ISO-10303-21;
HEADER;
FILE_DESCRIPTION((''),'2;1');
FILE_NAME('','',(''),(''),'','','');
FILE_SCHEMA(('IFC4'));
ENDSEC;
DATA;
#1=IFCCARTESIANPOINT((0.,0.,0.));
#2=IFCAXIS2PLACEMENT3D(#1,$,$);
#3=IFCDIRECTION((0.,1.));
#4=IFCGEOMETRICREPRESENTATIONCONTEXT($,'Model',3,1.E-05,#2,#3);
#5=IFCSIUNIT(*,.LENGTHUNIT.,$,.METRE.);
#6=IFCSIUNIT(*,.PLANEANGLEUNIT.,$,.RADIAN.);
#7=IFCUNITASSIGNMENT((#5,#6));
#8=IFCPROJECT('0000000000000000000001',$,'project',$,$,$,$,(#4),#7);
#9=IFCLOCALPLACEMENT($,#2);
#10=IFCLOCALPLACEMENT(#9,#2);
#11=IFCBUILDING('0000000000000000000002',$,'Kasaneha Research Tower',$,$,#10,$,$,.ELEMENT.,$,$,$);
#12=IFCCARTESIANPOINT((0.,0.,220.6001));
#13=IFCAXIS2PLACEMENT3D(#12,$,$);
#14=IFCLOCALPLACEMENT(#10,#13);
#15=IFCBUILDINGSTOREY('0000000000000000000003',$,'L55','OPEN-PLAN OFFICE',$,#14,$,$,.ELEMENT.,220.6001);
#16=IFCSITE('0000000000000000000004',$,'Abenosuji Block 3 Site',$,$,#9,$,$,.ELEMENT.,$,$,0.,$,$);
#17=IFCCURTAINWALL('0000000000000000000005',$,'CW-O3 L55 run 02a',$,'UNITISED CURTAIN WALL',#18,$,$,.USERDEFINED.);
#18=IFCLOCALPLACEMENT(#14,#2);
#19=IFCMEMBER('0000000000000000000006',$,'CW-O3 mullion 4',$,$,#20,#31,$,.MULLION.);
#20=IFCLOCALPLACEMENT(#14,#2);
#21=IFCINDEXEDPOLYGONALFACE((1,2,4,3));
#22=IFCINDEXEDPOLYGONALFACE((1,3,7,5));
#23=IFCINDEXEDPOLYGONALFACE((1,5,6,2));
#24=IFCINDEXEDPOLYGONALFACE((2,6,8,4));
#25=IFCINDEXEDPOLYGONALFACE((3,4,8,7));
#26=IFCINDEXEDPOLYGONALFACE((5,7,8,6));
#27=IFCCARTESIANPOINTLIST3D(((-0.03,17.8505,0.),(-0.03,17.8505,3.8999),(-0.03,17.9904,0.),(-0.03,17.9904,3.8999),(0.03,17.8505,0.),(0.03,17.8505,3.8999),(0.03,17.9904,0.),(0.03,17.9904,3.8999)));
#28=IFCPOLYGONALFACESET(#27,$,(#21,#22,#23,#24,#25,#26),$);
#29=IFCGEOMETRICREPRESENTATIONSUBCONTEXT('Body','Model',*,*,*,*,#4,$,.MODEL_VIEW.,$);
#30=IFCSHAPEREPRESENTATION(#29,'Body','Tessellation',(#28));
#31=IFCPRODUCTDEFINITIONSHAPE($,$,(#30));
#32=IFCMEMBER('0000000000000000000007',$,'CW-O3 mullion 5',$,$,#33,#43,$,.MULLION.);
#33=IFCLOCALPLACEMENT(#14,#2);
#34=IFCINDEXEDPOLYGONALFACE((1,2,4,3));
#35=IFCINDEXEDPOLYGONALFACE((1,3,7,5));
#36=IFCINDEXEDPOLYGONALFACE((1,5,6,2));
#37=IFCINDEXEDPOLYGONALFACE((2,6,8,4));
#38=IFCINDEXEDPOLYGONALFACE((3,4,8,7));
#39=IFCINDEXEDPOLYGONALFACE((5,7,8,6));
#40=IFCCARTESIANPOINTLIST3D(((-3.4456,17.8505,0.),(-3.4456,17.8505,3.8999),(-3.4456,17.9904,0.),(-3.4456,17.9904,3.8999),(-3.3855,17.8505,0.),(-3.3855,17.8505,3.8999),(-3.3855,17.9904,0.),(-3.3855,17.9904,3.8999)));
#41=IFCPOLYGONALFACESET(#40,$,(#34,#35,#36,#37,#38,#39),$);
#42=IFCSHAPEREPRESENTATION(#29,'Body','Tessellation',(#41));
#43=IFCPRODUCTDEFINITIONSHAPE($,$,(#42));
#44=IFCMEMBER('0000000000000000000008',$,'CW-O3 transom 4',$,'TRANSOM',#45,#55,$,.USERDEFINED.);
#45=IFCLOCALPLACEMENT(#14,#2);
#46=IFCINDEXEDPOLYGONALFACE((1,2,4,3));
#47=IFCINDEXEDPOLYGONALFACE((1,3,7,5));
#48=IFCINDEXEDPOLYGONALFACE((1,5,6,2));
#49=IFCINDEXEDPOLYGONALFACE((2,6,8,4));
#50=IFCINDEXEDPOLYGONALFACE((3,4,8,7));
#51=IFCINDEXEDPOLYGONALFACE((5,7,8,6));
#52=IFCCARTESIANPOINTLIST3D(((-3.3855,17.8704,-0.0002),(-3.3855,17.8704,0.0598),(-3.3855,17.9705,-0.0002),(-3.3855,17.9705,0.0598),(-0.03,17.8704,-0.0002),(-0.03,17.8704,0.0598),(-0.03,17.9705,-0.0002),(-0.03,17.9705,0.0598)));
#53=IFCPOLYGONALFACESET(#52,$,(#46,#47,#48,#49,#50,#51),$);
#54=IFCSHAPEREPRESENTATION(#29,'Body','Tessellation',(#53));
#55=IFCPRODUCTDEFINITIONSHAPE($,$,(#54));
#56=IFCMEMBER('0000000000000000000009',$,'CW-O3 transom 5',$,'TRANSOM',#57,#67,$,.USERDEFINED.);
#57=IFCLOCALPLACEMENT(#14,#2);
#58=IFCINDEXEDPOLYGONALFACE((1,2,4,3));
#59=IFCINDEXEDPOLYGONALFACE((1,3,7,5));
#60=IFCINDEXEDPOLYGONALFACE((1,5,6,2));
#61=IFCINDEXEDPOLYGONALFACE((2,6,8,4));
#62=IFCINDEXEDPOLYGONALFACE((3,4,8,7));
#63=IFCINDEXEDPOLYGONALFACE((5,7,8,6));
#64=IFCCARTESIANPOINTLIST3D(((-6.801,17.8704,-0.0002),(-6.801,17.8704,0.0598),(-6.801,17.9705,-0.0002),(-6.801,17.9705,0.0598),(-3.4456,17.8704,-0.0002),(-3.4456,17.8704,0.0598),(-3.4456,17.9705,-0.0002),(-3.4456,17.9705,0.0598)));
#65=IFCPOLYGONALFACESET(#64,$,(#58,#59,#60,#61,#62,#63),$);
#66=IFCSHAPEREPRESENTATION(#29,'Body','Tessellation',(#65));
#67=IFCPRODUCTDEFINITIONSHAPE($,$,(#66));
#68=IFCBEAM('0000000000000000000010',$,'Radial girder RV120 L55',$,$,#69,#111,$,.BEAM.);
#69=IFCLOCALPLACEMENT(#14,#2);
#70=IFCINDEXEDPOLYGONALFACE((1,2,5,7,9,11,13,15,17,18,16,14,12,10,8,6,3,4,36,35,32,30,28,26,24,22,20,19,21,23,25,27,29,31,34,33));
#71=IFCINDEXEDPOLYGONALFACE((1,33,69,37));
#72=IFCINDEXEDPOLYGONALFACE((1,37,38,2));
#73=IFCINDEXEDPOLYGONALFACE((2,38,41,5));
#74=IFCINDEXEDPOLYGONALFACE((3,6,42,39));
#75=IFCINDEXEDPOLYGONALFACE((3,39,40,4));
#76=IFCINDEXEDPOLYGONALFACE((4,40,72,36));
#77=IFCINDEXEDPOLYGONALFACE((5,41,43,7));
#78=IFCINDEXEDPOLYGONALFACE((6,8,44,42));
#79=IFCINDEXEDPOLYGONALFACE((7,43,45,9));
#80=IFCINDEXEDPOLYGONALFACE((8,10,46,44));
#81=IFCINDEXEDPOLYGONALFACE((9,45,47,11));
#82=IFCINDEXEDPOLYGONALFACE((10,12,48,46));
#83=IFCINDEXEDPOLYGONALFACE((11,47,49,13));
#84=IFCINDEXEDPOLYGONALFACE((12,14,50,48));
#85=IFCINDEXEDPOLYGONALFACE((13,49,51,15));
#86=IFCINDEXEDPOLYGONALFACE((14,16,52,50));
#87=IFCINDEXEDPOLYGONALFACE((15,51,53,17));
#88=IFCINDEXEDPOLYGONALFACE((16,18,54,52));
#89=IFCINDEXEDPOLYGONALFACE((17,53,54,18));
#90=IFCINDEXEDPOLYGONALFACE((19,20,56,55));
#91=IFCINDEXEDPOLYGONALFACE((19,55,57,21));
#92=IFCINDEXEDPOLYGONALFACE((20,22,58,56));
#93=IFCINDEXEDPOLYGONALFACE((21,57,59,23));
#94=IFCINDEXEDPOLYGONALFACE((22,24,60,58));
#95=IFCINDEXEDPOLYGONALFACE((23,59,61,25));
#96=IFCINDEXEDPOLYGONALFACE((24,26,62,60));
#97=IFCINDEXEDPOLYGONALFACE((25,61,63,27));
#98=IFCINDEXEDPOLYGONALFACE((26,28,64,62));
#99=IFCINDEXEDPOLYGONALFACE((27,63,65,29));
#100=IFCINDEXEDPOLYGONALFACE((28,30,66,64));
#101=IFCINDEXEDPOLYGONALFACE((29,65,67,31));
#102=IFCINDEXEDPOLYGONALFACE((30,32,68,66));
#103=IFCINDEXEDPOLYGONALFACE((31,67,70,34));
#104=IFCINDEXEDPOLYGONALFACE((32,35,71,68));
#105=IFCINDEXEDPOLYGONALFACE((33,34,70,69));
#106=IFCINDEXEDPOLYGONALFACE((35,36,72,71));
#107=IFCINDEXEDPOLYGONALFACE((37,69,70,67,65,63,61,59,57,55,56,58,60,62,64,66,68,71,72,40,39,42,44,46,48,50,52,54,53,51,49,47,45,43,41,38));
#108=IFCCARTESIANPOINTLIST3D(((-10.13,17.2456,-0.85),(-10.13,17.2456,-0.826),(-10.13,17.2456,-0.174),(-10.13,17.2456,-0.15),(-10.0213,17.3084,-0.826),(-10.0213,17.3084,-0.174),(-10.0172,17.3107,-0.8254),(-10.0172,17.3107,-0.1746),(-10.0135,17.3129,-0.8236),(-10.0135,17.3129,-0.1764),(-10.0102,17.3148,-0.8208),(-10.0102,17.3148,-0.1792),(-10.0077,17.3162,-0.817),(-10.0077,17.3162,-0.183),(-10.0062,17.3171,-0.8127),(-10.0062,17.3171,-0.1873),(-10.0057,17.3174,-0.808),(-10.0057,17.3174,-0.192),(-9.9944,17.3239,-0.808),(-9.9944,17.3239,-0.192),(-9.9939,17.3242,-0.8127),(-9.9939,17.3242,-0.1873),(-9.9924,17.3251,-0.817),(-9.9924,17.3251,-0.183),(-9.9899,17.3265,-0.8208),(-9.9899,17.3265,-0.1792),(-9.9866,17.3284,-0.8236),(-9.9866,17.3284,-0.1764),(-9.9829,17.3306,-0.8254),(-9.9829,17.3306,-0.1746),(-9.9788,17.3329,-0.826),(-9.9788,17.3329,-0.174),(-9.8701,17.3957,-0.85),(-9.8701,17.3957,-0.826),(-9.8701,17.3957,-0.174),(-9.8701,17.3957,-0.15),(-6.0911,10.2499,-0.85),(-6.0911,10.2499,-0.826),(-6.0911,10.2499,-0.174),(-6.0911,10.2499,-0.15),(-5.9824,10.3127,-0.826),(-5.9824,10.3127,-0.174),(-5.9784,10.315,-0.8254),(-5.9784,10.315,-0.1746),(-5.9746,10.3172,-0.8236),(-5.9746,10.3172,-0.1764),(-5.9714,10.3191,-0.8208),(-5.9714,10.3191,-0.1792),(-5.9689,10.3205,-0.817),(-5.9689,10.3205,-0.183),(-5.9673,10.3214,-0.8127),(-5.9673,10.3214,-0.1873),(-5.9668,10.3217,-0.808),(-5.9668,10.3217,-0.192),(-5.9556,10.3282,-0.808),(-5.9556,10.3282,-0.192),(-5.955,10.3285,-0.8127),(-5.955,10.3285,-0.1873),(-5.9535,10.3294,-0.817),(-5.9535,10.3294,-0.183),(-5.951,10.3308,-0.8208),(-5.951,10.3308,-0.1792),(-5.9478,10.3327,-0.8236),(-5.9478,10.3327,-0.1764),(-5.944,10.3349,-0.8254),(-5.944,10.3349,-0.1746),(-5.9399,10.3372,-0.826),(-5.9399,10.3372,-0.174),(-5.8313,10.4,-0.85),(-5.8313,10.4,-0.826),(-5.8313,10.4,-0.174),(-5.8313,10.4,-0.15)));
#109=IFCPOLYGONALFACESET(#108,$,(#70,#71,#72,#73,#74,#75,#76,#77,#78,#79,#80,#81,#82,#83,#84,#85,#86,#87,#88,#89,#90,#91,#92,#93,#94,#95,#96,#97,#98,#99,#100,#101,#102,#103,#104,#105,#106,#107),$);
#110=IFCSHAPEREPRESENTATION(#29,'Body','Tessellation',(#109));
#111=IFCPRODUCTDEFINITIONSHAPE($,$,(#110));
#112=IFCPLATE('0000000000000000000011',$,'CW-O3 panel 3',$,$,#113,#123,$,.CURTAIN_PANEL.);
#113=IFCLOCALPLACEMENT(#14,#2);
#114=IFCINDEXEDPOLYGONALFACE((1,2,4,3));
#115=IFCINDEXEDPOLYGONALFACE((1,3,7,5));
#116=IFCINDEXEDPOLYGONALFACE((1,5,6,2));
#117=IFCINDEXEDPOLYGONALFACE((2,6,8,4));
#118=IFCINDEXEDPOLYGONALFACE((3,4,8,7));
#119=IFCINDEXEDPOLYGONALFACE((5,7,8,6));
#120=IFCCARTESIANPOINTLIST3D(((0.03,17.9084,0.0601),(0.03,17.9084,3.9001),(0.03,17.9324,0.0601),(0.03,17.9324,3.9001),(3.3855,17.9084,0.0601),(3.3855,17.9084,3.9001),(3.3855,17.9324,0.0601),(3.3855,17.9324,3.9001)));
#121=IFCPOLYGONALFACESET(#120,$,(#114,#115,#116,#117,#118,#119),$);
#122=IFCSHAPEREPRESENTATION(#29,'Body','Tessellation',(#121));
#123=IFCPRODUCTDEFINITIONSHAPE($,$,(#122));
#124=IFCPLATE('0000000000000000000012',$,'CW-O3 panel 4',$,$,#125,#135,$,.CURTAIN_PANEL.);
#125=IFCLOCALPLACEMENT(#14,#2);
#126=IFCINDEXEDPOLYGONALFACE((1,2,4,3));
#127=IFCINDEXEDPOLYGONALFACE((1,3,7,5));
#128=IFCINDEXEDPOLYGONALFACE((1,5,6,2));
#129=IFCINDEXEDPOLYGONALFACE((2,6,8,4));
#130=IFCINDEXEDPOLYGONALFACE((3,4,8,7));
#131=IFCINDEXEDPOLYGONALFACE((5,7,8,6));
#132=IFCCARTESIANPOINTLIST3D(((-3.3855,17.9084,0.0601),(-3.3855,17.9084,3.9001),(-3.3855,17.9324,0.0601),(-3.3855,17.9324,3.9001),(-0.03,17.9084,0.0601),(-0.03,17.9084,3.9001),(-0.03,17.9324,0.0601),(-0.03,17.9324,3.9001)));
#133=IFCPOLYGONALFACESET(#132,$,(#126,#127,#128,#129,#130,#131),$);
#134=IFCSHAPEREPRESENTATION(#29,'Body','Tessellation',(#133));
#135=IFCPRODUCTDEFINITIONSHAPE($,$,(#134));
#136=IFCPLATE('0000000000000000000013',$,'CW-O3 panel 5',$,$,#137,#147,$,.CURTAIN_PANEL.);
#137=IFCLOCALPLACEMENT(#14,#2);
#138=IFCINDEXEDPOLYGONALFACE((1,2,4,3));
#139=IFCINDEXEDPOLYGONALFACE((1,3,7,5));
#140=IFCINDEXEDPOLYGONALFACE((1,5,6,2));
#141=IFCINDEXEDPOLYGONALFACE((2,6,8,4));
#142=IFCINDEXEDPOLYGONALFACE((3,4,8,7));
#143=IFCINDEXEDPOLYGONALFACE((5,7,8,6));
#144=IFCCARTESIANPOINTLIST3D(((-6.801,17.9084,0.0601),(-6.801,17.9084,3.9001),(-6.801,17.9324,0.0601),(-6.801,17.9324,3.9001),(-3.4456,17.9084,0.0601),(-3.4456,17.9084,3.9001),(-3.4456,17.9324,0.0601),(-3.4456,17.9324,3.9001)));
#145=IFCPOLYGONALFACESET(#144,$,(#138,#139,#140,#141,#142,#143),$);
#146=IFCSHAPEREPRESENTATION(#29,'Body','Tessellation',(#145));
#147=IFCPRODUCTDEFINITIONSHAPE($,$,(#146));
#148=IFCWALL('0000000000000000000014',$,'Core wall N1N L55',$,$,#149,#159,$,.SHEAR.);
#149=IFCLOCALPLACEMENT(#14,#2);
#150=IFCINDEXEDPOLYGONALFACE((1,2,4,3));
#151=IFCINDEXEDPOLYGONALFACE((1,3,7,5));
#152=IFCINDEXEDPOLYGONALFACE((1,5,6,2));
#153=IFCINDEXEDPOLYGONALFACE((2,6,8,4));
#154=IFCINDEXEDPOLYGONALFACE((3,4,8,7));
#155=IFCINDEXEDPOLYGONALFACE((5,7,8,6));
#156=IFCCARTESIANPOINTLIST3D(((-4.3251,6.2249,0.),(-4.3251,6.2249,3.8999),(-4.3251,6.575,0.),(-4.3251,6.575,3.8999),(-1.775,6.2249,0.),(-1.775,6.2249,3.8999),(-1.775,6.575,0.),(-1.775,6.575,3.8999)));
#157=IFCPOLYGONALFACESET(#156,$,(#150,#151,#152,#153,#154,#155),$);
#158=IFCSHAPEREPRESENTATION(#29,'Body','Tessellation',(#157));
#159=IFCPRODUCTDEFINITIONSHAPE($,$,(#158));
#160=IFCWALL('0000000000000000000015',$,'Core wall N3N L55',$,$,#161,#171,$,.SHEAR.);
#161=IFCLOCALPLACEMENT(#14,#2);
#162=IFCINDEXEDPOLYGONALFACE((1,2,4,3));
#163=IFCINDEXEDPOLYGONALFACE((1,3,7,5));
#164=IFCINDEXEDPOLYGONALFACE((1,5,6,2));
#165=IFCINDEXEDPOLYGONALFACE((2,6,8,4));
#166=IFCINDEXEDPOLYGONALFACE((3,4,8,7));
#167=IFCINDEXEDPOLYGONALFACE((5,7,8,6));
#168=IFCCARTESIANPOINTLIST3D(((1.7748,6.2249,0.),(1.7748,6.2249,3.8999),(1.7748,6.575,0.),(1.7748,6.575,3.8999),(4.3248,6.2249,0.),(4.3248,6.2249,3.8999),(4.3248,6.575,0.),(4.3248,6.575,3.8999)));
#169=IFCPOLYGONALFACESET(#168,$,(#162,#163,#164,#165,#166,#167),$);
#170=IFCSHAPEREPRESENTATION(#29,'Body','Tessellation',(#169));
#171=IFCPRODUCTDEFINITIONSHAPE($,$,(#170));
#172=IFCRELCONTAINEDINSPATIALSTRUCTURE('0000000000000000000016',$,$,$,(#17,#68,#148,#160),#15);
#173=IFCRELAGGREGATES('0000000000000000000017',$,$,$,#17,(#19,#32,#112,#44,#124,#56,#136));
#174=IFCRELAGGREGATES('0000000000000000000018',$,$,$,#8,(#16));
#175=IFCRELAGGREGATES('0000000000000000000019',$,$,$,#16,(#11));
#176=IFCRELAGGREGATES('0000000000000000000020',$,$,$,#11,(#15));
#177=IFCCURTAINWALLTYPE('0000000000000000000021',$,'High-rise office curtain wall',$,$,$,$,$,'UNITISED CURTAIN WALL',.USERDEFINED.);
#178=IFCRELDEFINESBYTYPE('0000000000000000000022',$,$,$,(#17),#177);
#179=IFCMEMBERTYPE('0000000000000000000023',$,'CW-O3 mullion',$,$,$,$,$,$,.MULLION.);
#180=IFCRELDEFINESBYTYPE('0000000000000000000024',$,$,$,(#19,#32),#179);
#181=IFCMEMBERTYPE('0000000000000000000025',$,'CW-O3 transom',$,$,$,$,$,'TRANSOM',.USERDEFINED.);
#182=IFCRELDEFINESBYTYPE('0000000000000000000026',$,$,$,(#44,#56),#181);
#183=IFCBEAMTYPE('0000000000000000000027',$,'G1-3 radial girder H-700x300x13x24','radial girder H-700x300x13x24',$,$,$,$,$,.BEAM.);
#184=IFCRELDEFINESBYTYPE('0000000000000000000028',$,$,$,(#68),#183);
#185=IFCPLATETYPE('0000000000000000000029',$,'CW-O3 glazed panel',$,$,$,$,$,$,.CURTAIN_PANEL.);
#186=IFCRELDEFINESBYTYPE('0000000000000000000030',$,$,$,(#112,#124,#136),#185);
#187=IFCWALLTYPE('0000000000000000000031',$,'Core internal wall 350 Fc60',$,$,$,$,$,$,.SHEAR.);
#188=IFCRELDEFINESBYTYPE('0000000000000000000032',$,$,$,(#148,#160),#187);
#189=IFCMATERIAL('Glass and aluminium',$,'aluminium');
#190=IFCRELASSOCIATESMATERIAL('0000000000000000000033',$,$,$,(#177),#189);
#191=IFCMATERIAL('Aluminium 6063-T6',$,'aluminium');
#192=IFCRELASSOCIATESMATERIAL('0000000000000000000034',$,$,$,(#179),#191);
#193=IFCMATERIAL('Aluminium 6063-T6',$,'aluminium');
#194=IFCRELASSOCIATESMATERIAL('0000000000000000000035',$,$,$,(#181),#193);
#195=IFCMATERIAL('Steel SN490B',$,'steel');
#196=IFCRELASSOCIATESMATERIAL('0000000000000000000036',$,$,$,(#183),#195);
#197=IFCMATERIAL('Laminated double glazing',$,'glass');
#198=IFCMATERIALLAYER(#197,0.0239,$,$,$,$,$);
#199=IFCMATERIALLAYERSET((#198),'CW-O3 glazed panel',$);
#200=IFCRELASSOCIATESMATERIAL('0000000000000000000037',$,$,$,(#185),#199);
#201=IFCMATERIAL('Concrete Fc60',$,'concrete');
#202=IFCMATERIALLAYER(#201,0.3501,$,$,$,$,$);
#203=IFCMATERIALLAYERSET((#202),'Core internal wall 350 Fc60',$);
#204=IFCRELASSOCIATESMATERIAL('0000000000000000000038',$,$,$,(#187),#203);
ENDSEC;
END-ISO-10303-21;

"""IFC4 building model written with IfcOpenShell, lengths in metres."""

from ifc_helpers import new_model, si_unit, direction, frame, frame_2d, origin, origin_2d, place, context, subcontext, project, spatial, rectangle, i_section, extrude, material, layer, layer_set, material_profile, profile_set, type_object, element, aggregate, save


model = new_model("IFC4")

# Units and contexts
model_context = context("Model", 3, precision=1e-05, world=origin(), true_north=direction((0.0, 1.0)))
body_context = subcontext(model_context, "Body", "Model", "MODEL_VIEW")
ifc_project = project(units=[si_unit("LENGTHUNIT", "METRE"), si_unit("PLANEANGLEUNIT", "RADIAN")], contexts=[model_context])

# Site, building, storey
site_placement = place(None, origin())
site = spatial("IfcSite", under=ifc_project, at=site_placement, Name="Abenosuji Block 3 Site", CompositionType="ELEMENT", RefElevation=0.0)
building_placement = place(site_placement, origin())
building = spatial("IfcBuilding", under=site, at=building_placement, Name="Kasaneha Research Tower", CompositionType="ELEMENT")
storey_placement = place(building_placement, frame((0.0, 0.0, 220.6001)))
storey = spatial("IfcBuildingStorey", under=building, at=storey_placement, Name="L55", Description="OPEN-PLAN OFFICE", CompositionType="ELEMENT", Elevation=220.6001)

# Curtain wall, members
ifc_material_1 = material(Name="Glass and aluminium", Category="aluminium")
curtain_wall_type = type_object("IfcCurtainWallType", Name="High-rise office curtain wall", ElementType="UNITISED CURTAIN WALL", PredefinedType="USERDEFINED", material=ifc_material_1)
curtain_wall_placement = place(storey_placement, origin())
curtain_wall = element("IfcCurtainWall", 1, at=curtain_wall_placement, inside=storey, type_object=curtain_wall_type, Name="CW-O3 L55 run 02a", ObjectType="UNITISED CURTAIN WALL", PredefinedType="USERDEFINED")
ifc_material_2 = material(Name="Aluminium 6063-T6", Category="aluminium")
ifc_material_profile_1 = material_profile(ifc_material_2, rectangle(XDim=0.0601, YDim=0.1399, at=origin_2d()), Name="CW-O3 mullion 60x140")
ifc_profile_set_1 = profile_set([ifc_material_profile_1], Name="Aluminium 6063-T6")
member_type_1 = type_object("IfcMemberType", Name="CW-O3 mullion", PredefinedType="MULLION", material=ifc_profile_set_1)
member_1_placement = place(storey_placement, frame((0.0, 17.9204, 0.0), z_axis=(0.0, 0.0, 1.0), x_axis=(-1.0, 0.0, 0.0)))
member_1 = element("IfcMember", 2, at=member_1_placement, type_object=member_type_1, Name="CW-O3 mullion 4", PredefinedType="MULLION", context=body_context, shape_type="SweptSolid", body=[
    extrude(rectangle(XDim=0.0601, YDim=0.1399, at=origin_2d()), origin(), (0.0, 0.0, 1.0), 3.8999),
])
member_2_placement = place(storey_placement, frame((-3.4155, 17.9204, 0.0), z_axis=(0.0, 0.0, 1.0), x_axis=(-1.0, 0.0, 0.0)))
member_2 = element("IfcMember", 3, at=member_2_placement, type_object=member_type_1, Name="CW-O3 mullion 5", PredefinedType="MULLION", context=body_context, shape_type="SweptSolid", body=[
    extrude(rectangle(XDim=0.0601, YDim=0.1399, at=origin_2d()), origin(), (0.0, 0.0, 1.0), 3.8999),
])
ifc_material_3 = material(Name="Aluminium 6063-T6", Category="aluminium")
ifc_material_profile_2 = material_profile(ifc_material_3, rectangle(XDim=0.1001, YDim=0.0601, at=origin_2d()), Name="CW-O3 transom 100x60")
ifc_profile_set_2 = profile_set([ifc_material_profile_2], Name="Aluminium 6063-T6")
member_type_2 = type_object("IfcMemberType", Name="CW-O3 transom", ElementType="TRANSOM", PredefinedType="USERDEFINED", material=ifc_profile_set_2)
member_3_placement = place(storey_placement, frame((-0.03, 17.9204, 0.0298), z_axis=(-1.0, 0.0, 0.0), x_axis=(0.0, -1.0, 0.0)))
member_3 = element("IfcMember", 4, at=member_3_placement, type_object=member_type_2, Name="CW-O3 transom 4", ObjectType="TRANSOM", PredefinedType="USERDEFINED", context=body_context, shape_type="SweptSolid", body=[
    extrude(rectangle(XDim=0.1001, YDim=0.0601, at=origin_2d()), origin(), (0.0, 0.0, 1.0), 3.3555),
])
member_4_placement = place(storey_placement, frame((-3.4456, 17.9204, 0.0298), z_axis=(-1.0, 0.0, 0.0), x_axis=(0.0, -1.0, 0.0)))
member_4 = element("IfcMember", 5, at=member_4_placement, type_object=member_type_2, Name="CW-O3 transom 5", ObjectType="TRANSOM", PredefinedType="USERDEFINED", context=body_context, shape_type="SweptSolid", body=[
    extrude(rectangle(XDim=0.1001, YDim=0.0601, at=origin_2d()), origin(), (0.0, 0.0, 1.0), 3.3555),
])

# Beam
ifc_material_4 = material(Name="Steel SN490B", Category="steel")
ifc_material_profile_3 = material_profile(ifc_material_4, i_section(OverallWidth=0.3, OverallDepth=0.7, WebThickness=0.0129, FlangeThickness=0.0239, FilletRadius=0.0181, at=origin_2d()), Name="H-700x300x13x24")
ifc_profile_set_3 = profile_set([ifc_material_profile_3], Name="Steel SN490B")
beam_type = type_object("IfcBeamType", Name="G1-3 radial girder H-700x300x13x24", Description="radial girder H-700x300x13x24", PredefinedType="BEAM", material=ifc_profile_set_3)
beam_placement = place(storey_placement, frame((-5.9612, 10.325, -0.5), z_axis=(-0.499991, 0.866031, 0.0), x_axis=(-0.866031, -0.499991, 0.0)))
element("IfcBeam", 6, at=beam_placement, inside=storey, type_object=beam_type, Name="Radial girder RV120 L55", PredefinedType="BEAM", context=body_context, shape_type="SweptSolid", body=[
    extrude(i_section(OverallWidth=0.3, OverallDepth=0.7, WebThickness=0.0129, FlangeThickness=0.0239, FilletRadius=0.0181, at=origin_2d()), origin(), (0.0, 0.0, 1.0), 8.0779),
])

# Plates
ifc_material_5 = material(Name="Laminated double glazing", Category="glass")
ifc_layer_1 = layer(ifc_material_5, 0.0239)
ifc_layer_set_1 = layer_set([ifc_layer_1], Name="CW-O3 glazed panel")
plate_type = type_object("IfcPlateType", Name="CW-O3 glazed panel", PredefinedType="CURTAIN_PANEL", material=ifc_layer_set_1)
plate_1_placement = place(storey_placement, frame((1.7078, 17.9204, 0.0601), z_axis=(0.0, 0.0, 1.0), x_axis=(-1.0, 0.0, 0.0)))
plate_1 = element("IfcPlate", 7, at=plate_1_placement, type_object=plate_type, Name="CW-O3 panel 3", PredefinedType="CURTAIN_PANEL", context=body_context, shape_type="SweptSolid", body=[
    extrude(rectangle(XDim=3.3555, YDim=0.0239, at=origin_2d()), origin(), (0.0, 0.0, 1.0), 3.8401),
])
plate_2_placement = place(storey_placement, frame((-1.7078, 17.9204, 0.0601), z_axis=(0.0, 0.0, 1.0), x_axis=(-1.0, 0.0, 0.0)))
plate_2 = element("IfcPlate", 8, at=plate_2_placement, type_object=plate_type, Name="CW-O3 panel 4", PredefinedType="CURTAIN_PANEL", context=body_context, shape_type="SweptSolid", body=[
    extrude(rectangle(XDim=3.3555, YDim=0.0239, at=origin_2d()), origin(), (0.0, 0.0, 1.0), 3.8401),
])
plate_3_placement = place(storey_placement, frame((-5.1233, 17.9204, 0.0601), z_axis=(0.0, 0.0, 1.0), x_axis=(-1.0, 0.0, 0.0)))
plate_3 = element("IfcPlate", 9, at=plate_3_placement, type_object=plate_type, Name="CW-O3 panel 5", PredefinedType="CURTAIN_PANEL", context=body_context, shape_type="SweptSolid", body=[
    extrude(rectangle(XDim=3.3555, YDim=0.0239, at=origin_2d()), origin(), (0.0, 0.0, 1.0), 3.8401),
])
aggregate(curtain_wall, [member_1, member_2, plate_1, member_3, plate_2, member_4, plate_3])

# Walls
ifc_material_6 = material(Name="Concrete Fc60", Category="concrete")
ifc_layer_2 = layer(ifc_material_6, 0.3501)
ifc_layer_set_2 = layer_set([ifc_layer_2], Name="Core internal wall 350 Fc60")
wall_type_1 = type_object("IfcWallType", Name="Core internal wall 350 Fc60", PredefinedType="SHEAR", material=ifc_layer_set_2)
for number, where, z_axis, x_axis, name in (
    (10, (-4.325, 6.3999, 0.0), (0.0, 0.0, 1.0), (1.0, 0.0, 0.0), "Core wall N1N L55"),
    (11, (1.7749, 6.3999, 0.0), (0.0, 0.0, 1.0), (1.0, 0.0, 0.0), "Core wall N3N L55"),
):
    element("IfcWall", number, at=place(storey_placement, frame(where, z_axis=z_axis, x_axis=x_axis)), inside=storey, type_object=wall_type_1, Name=name, PredefinedType="SHEAR", context=body_context, shape_type="SweptSolid", body=[
        extrude(rectangle(XDim=2.55, YDim=0.3501, at=frame_2d((1.2749, 0.0))), origin(), (0.0, 0.0, 1.0), 3.8999),
    ])

save(model, "model.ifc")
